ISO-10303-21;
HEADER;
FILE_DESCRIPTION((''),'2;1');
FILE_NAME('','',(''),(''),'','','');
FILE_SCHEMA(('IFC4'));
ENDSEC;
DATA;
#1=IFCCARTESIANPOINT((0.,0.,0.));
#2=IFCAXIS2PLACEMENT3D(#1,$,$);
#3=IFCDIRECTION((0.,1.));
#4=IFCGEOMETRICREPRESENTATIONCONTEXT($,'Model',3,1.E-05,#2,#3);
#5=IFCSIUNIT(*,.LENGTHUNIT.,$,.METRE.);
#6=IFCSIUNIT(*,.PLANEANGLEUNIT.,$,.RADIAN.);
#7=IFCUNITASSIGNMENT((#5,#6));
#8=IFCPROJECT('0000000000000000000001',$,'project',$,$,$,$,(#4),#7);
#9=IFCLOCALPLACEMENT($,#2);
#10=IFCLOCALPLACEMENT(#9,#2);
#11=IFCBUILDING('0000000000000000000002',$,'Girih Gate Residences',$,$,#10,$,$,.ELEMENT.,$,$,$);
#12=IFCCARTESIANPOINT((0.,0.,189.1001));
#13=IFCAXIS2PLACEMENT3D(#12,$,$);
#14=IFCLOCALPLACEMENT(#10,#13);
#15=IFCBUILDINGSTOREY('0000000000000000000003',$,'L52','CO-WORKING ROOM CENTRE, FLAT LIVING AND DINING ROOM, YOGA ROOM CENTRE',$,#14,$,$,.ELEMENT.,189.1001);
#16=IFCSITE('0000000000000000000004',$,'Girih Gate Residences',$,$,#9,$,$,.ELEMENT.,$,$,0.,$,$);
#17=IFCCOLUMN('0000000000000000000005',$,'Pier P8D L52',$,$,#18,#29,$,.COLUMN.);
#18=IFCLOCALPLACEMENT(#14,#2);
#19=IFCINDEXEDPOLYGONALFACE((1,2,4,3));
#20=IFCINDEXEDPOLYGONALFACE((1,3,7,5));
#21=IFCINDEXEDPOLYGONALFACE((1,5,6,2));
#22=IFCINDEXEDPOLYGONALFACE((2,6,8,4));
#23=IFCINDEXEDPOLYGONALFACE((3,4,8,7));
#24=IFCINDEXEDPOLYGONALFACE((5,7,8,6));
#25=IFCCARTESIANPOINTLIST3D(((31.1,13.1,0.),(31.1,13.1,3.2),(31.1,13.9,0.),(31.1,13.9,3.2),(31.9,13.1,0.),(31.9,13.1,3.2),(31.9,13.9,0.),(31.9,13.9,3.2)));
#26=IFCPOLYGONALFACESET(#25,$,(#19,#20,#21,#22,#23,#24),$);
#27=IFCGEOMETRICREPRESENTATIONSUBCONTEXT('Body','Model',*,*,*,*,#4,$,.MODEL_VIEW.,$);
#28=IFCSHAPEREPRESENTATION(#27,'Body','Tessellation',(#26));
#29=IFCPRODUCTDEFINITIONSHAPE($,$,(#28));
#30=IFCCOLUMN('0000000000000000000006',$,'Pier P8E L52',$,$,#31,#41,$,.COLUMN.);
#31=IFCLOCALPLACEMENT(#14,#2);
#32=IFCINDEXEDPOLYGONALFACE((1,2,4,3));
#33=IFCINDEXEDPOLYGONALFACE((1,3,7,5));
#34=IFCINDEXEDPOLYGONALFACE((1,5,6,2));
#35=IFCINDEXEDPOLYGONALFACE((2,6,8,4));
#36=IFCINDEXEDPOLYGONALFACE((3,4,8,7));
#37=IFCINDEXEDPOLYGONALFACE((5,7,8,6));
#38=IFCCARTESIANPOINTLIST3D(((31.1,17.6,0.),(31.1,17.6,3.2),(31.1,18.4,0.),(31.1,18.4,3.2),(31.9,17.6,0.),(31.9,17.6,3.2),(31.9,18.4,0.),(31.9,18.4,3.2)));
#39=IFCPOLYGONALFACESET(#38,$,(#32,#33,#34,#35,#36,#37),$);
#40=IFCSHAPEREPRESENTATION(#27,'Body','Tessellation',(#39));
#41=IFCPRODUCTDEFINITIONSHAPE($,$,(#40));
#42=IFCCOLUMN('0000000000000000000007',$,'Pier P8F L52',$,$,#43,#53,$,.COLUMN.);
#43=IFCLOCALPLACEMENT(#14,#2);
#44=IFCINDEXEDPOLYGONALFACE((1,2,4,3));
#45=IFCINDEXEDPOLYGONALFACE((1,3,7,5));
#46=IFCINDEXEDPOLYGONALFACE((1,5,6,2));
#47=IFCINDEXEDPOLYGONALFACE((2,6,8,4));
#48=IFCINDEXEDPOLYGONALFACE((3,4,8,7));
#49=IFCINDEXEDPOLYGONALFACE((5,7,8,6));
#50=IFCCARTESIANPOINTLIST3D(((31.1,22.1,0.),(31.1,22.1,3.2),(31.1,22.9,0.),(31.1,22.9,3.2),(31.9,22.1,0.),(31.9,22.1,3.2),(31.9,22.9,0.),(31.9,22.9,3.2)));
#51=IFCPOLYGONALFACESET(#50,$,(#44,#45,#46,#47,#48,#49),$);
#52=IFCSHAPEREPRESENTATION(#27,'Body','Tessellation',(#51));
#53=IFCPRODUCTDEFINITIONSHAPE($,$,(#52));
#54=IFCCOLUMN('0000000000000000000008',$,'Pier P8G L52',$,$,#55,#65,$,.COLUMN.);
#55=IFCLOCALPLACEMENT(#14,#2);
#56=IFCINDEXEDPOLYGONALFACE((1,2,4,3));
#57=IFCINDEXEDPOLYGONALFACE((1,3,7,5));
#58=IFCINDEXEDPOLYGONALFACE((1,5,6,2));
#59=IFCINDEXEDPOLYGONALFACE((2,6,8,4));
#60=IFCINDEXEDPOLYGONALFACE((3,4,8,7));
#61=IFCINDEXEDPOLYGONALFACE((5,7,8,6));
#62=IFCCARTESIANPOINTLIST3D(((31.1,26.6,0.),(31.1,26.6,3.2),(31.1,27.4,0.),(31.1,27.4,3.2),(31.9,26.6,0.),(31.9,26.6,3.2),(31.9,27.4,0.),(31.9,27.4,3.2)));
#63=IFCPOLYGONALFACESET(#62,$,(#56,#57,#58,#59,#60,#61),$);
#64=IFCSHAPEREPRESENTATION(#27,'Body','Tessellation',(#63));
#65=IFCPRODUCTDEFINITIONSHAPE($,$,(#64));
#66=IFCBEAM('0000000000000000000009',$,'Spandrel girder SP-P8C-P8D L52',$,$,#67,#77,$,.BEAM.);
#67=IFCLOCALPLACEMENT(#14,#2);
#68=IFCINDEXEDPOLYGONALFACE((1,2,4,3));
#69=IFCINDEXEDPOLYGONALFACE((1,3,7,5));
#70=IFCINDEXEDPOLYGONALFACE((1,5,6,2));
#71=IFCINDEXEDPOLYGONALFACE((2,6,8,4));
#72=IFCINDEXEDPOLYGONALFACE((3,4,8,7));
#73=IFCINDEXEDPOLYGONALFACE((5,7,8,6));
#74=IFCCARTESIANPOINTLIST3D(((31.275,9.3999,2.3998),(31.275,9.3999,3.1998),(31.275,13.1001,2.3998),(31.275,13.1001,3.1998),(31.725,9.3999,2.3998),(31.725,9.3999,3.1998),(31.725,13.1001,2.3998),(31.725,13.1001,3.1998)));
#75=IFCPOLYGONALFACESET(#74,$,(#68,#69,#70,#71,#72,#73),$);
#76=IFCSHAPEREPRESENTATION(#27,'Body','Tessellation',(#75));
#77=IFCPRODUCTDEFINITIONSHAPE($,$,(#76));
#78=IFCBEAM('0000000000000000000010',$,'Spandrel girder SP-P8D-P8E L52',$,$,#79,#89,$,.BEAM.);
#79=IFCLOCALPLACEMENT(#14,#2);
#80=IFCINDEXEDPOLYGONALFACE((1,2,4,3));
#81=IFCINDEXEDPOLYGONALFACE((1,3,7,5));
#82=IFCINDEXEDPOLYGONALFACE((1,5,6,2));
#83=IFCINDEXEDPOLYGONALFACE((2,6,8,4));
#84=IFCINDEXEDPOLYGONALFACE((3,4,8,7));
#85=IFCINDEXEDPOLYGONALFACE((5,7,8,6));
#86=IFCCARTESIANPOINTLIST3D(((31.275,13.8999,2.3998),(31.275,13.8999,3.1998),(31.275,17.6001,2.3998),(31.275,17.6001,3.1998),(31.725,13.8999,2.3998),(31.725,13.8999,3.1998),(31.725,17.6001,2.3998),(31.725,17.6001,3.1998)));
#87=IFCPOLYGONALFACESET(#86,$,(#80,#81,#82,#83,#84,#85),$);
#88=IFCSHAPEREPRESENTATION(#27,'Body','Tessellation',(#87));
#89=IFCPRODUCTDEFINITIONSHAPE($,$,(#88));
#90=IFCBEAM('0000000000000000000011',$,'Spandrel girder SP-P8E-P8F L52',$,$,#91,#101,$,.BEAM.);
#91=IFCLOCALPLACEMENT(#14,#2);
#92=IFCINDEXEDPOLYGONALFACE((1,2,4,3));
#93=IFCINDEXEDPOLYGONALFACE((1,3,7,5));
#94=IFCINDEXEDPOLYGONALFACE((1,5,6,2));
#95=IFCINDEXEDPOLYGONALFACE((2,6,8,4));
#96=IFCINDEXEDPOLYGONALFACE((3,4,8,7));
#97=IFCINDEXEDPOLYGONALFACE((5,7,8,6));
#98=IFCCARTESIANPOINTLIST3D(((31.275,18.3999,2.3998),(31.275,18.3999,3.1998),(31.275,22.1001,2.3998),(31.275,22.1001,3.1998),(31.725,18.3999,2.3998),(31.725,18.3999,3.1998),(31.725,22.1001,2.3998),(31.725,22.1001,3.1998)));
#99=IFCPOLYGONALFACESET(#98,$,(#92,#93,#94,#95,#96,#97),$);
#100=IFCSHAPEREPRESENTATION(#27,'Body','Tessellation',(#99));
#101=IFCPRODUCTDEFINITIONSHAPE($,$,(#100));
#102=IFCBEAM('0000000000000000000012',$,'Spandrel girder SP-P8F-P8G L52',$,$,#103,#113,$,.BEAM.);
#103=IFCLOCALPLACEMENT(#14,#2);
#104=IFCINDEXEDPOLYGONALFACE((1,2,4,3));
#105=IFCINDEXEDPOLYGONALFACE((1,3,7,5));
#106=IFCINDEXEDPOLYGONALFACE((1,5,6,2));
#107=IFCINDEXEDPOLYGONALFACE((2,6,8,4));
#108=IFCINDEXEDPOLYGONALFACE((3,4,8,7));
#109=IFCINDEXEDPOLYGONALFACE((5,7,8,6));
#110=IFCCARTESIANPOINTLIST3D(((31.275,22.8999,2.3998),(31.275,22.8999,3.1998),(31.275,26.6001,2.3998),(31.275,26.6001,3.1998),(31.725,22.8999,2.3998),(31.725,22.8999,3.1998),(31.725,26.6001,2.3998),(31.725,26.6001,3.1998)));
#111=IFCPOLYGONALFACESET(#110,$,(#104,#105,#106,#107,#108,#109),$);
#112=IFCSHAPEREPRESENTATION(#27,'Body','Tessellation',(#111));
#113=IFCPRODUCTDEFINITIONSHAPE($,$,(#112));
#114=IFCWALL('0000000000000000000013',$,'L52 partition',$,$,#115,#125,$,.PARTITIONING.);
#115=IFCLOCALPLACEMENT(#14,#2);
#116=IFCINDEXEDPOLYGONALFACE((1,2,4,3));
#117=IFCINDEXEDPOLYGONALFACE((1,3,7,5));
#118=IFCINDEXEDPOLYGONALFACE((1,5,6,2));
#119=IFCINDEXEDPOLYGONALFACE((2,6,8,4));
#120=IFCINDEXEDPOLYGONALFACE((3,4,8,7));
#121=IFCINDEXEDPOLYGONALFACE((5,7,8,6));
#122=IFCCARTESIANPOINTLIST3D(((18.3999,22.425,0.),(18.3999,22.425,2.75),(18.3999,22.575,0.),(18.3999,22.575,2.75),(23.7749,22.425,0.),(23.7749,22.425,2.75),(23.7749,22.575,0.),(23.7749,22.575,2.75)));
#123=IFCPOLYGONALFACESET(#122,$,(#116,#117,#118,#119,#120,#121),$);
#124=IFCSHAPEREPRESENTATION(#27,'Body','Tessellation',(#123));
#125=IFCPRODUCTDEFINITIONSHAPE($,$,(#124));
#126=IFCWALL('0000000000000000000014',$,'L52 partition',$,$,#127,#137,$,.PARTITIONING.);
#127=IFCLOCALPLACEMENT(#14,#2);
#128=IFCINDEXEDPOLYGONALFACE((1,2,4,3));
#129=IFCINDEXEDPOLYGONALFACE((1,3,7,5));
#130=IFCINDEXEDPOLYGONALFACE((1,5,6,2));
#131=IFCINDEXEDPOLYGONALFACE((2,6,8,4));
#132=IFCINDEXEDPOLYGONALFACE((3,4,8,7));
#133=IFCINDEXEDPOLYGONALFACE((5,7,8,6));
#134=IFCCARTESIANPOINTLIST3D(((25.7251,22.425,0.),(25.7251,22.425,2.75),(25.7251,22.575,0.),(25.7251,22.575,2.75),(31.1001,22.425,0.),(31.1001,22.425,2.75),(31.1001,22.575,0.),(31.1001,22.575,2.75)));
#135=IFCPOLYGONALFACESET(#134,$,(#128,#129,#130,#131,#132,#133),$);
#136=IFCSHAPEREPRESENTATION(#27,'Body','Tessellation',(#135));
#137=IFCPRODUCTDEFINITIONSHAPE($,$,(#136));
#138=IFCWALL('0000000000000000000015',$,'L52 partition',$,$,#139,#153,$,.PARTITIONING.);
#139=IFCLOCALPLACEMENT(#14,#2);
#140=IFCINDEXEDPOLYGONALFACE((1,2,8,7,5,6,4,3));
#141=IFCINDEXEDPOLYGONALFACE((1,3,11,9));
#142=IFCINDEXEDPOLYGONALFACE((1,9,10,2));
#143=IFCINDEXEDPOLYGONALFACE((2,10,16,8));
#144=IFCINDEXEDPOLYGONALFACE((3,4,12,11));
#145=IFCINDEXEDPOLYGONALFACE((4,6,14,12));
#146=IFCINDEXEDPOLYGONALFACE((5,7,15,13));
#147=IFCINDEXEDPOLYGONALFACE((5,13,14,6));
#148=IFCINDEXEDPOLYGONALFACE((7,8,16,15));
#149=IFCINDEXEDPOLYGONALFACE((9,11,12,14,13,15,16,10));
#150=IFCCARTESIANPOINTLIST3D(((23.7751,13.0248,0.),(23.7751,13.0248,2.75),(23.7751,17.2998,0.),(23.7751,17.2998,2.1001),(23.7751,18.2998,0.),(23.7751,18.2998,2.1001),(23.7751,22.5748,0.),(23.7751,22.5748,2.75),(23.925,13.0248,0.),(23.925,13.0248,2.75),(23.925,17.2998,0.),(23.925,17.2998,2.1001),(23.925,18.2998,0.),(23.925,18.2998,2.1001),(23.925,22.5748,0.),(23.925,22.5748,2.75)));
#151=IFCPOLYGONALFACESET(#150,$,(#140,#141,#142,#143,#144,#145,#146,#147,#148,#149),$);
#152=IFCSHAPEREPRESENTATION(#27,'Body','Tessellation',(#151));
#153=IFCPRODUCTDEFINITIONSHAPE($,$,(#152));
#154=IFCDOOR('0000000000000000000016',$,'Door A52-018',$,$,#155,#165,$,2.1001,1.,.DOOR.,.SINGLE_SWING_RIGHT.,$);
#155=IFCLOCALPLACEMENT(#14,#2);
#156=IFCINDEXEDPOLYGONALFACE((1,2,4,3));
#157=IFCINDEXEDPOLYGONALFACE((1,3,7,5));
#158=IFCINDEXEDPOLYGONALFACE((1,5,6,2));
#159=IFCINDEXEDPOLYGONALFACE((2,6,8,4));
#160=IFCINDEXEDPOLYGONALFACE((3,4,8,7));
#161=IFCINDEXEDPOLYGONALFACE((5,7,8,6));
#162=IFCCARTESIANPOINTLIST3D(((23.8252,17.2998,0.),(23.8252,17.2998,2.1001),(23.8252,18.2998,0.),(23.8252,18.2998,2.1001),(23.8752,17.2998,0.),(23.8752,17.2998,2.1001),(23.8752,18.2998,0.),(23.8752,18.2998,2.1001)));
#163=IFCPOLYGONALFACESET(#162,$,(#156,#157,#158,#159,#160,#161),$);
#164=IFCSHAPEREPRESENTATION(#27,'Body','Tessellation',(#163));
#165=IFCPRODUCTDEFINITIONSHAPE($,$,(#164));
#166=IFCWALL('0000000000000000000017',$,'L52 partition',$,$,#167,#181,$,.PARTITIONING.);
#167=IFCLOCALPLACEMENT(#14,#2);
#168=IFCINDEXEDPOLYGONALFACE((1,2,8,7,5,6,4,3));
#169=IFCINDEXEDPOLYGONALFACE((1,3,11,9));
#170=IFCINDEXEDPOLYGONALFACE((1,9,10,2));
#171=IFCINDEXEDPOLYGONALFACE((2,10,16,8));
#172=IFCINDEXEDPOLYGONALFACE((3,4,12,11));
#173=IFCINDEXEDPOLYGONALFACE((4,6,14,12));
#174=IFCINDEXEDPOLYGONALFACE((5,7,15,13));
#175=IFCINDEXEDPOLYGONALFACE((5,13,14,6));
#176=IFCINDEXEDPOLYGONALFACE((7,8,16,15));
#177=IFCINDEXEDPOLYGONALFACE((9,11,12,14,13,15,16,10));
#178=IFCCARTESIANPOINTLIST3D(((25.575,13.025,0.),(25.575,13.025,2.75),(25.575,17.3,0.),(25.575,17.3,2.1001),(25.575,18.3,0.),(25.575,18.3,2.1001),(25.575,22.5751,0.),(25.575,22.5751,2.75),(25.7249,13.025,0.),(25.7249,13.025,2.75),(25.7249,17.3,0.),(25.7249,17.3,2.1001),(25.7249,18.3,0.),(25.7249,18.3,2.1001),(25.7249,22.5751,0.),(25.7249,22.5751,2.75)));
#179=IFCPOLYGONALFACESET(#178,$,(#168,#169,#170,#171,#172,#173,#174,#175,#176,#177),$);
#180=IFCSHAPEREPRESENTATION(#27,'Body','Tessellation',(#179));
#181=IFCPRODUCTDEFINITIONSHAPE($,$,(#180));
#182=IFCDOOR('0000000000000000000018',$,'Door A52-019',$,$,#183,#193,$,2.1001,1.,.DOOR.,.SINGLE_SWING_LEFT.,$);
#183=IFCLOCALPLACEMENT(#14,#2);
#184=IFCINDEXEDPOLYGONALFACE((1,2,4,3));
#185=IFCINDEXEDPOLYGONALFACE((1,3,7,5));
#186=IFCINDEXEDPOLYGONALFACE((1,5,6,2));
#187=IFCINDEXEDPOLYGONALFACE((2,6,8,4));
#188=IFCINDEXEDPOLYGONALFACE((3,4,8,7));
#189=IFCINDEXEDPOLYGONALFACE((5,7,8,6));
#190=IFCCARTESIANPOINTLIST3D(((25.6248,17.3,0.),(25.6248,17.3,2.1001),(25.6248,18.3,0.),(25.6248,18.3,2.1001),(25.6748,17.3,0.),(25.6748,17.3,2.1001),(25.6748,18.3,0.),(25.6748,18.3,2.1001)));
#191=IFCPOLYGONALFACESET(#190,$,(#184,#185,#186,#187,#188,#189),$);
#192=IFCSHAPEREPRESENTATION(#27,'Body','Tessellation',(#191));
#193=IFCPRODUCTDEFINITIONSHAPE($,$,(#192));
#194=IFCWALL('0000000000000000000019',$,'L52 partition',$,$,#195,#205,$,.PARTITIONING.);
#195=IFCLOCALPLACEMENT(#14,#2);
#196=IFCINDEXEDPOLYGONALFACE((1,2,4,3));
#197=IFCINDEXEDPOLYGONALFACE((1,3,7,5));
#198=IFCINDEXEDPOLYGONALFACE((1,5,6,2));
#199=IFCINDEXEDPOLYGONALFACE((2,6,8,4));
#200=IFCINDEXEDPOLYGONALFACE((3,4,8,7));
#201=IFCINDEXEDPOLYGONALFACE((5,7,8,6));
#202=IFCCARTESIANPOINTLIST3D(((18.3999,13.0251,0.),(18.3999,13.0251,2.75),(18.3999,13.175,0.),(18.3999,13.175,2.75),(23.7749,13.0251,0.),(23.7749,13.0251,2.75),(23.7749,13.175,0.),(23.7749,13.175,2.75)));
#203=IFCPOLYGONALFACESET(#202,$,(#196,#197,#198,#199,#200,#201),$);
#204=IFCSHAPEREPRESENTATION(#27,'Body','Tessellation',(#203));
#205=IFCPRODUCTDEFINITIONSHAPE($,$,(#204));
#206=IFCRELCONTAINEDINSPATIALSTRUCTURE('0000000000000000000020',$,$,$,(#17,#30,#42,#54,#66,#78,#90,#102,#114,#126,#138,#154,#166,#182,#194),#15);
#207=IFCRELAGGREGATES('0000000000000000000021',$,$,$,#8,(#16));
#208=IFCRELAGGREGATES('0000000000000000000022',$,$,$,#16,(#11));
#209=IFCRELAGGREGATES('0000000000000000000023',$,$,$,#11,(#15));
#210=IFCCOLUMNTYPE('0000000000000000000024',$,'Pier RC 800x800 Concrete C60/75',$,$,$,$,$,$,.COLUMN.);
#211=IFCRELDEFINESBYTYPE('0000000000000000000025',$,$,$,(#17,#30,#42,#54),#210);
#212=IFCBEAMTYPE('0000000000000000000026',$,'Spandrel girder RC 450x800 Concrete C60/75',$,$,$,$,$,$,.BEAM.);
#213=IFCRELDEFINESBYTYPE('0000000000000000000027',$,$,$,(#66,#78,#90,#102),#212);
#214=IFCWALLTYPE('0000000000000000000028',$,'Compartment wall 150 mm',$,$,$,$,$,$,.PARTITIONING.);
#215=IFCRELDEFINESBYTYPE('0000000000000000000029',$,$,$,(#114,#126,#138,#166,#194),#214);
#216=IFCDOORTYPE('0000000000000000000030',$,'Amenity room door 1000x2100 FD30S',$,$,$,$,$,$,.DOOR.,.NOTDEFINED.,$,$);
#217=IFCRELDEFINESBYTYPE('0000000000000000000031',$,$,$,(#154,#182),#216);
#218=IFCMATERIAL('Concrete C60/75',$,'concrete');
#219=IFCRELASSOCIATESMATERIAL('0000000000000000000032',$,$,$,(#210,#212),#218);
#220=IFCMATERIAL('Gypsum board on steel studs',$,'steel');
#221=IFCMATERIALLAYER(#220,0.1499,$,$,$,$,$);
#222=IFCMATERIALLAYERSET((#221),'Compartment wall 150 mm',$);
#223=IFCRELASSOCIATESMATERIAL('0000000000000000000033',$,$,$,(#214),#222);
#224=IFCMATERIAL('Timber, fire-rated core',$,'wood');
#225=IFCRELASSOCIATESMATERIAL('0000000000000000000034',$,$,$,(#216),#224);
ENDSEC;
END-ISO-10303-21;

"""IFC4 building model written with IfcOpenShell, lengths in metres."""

from ifc_helpers import new_model, si_unit, direction, frame, frame_2d, origin, origin_2d, place, context, subcontext, project, spatial, rectangle, extrude, material, layer, layer_set, material_profile, profile_set, type_object, element, fill, save


model = new_model("IFC4")

# Units and contexts
model_context = context("Model", 3, precision=1e-05, world=origin(), true_north=direction((0.0, 1.0)))
body_context = subcontext(model_context, "Body", "Model", "MODEL_VIEW")
ifc_project = project(units=[si_unit("LENGTHUNIT", "METRE"), si_unit("PLANEANGLEUNIT", "RADIAN")], contexts=[model_context])

# Site, building, storey
site_placement = place(None, origin())
site = spatial("IfcSite", under=ifc_project, at=site_placement, Name="Girih Gate Residences", CompositionType="ELEMENT", RefElevation=0.0)
building_placement = place(site_placement, origin())
building = spatial("IfcBuilding", under=site, at=building_placement, Name="Girih Gate Residences", CompositionType="ELEMENT")
storey_placement = place(building_placement, frame((0.0, 0.0, 189.1001)))
storey = spatial("IfcBuildingStorey", under=building, at=storey_placement, Name="L52", Description="CO-WORKING ROOM CENTRE, FLAT LIVING AND DINING ROOM, YOGA ROOM CENTRE", CompositionType="ELEMENT", Elevation=189.1001)

# Columns
ifc_material_1 = material(Name="Concrete C60/75", Category="concrete")
ifc_material_profile_1 = material_profile(ifc_material_1, rectangle(XDim=0.8, YDim=0.8, at=origin_2d()))
ifc_profile_set_1 = profile_set([ifc_material_profile_1], Name="Concrete C60/75")
column_type = type_object("IfcColumnType", Name="Pier RC 800x800 Concrete C60/75", PredefinedType="COLUMN", material=ifc_profile_set_1)
for number, where, z_axis, x_axis, name in (
    (1, (31.5, 13.5, 0.0), (0.0, 0.0, 1.0), (1.0, 0.0, 0.0), "Pier P8D L52"),
    (2, (31.5, 18.0, 0.0), (0.0, 0.0, 1.0), (1.0, 0.0, 0.0), "Pier P8E L52"),
    (3, (31.5, 22.5, 0.0), (0.0, 0.0, 1.0), (1.0, 0.0, 0.0), "Pier P8F L52"),
    (4, (31.5, 27.0, 0.0), (0.0, 0.0, 1.0), (1.0, 0.0, 0.0), "Pier P8G L52"),
):
    element("IfcColumn", number, at=place(storey_placement, frame(where, z_axis=z_axis, x_axis=x_axis)), inside=storey, type_object=column_type, Name=name, PredefinedType="COLUMN", context=body_context, shape_type="SweptSolid", body=[
        extrude(rectangle(XDim=0.8, YDim=0.8, at=origin_2d()), origin(), (0.0, 0.0, 1.0), 3.2),
    ])

# Beams
ifc_material_profile_2 = material_profile(ifc_material_1, rectangle(XDim=0.45, YDim=0.8, at=origin_2d()))
ifc_profile_set_2 = profile_set([ifc_material_profile_2], Name="Concrete C60/75")
beam_type = type_object("IfcBeamType", Name="Spandrel girder RC 450x800 Concrete C60/75", PredefinedType="BEAM", material=ifc_profile_set_2)
for number, where, z_axis, x_axis, name in (
    (5, (31.5, 9.3999, 2.7998), (0.0, 1.0, 0.0), (-1.0, 0.0, 0.0), "Spandrel girder SP-P8C-P8D L52"),
    (6, (31.5, 13.8999, 2.7998), (0.0, 1.0, 0.0), (-1.0, 0.0, 0.0), "Spandrel girder SP-P8D-P8E L52"),
    (7, (31.5, 18.3999, 2.7998), (0.0, 1.0, 0.0), (-1.0, 0.0, 0.0), "Spandrel girder SP-P8E-P8F L52"),
    (8, (31.5, 22.8999, 2.7998), (0.0, 1.0, 0.0), (-1.0, 0.0, 0.0), "Spandrel girder SP-P8F-P8G L52"),
):
    element("IfcBeam", number, at=place(storey_placement, frame(where, z_axis=z_axis, x_axis=x_axis)), inside=storey, type_object=beam_type, Name=name, PredefinedType="BEAM", context=body_context, shape_type="SweptSolid", body=[
        extrude(rectangle(XDim=0.45, YDim=0.8, at=origin_2d()), origin(), (0.0, 0.0, 1.0), 3.7002),
    ])

# Walls
ifc_material_2 = material(Name="Gypsum board on steel studs", Category="steel")
ifc_layer_1 = layer(ifc_material_2, 0.1499)
ifc_layer_set_1 = layer_set([ifc_layer_1], Name="Compartment wall 150 mm")
wall_type_1 = type_object("IfcWallType", Name="Compartment wall 150 mm", PredefinedType="PARTITIONING", material=ifc_layer_set_1)
for number, where, z_axis, x_axis, name in (
    (9, (18.3999, 22.5, 0.0), (0.0, 0.0, 1.0), (1.0, 0.0, 0.0), "L52 partition"),
    (10, (25.7251, 22.5, 0.0), (0.0, 0.0, 1.0), (1.0, 0.0, 0.0), "L52 partition"),
):
    element("IfcWall", number, at=place(storey_placement, frame(where, z_axis=z_axis, x_axis=x_axis)), inside=storey, type_object=wall_type_1, Name=name, PredefinedType="PARTITIONING", context=body_context, shape_type="SweptSolid", body=[
        extrude(rectangle(XDim=5.375, YDim=0.1499, at=frame_2d((2.6875, 0.0))), origin(), (0.0, 0.0, 1.0), 2.75),
    ])

# Walls, openings, doors
wall_1_placement = place(storey_placement, frame((23.8501, 13.0249, 0.0), z_axis=(0.0, 0.0, 1.0), x_axis=(0.0, 1.0, 0.0)))
wall_1 = element("IfcWall", 11, at=wall_1_placement, inside=storey, type_object=wall_type_1, Name="L52 partition", PredefinedType="PARTITIONING", context=body_context, shape_type="SweptSolid", body=[
    extrude(rectangle(XDim=9.55, YDim=0.1499, at=frame_2d((4.7749, 0.0))), origin(), (0.0, 0.0, 1.0), 2.75),
])
opening_1_placement = place(wall_1_placement, frame((4.2749, 0.0, 0.0)))
opening_1 = element("IfcOpeningElement", 12, at=opening_1_placement, cuts=wall_1, PredefinedType="OPENING", context=body_context, shape_type="SweptSolid", body=[
    extrude(rectangle(XDim=1.0, YDim=2.1001, at=frame_2d((0.5, 1.05))), frame((0.0, 0.085, 0.0), z_axis=(0.0, -1.0, 0.0), x_axis=(1.0, 0.0, 0.0)), (0.0, 0.0, 1.0), 0.1699),
])
ifc_material_3 = material(Name="Timber, fire-rated core", Category="wood")
door_type = type_object("IfcDoorType", Name="Amenity room door 1000x2100 FD30S", OperationType="NOTDEFINED", PredefinedType="DOOR", material=ifc_material_3)
door_1_placement = place(opening_1_placement, origin())
door_1 = element("IfcDoor", 13, at=door_1_placement, inside=storey, type_object=door_type, Name="Door A52-018", OperationType="SINGLE_SWING_RIGHT", OverallHeight=2.1001, OverallWidth=1.0, PredefinedType="DOOR", context=body_context, shape_type="SweptSolid", body=[
    extrude(rectangle(XDim=1.0, YDim=2.1001, at=frame_2d((0.5, 1.05))), frame((0.0, 0.0249, 0.0), z_axis=(0.0, -1.0, 0.0), x_axis=(1.0, 0.0, 0.0)), (0.0, 0.0, 1.0), 0.05),
])
fill(opening_1, door_1)
wall_2_placement = place(storey_placement, frame((25.6499, 22.575, 0.0), z_axis=(0.0, 0.0, 1.0), x_axis=(0.0, -1.0, 0.0)))
wall_2 = element("IfcWall", 14, at=wall_2_placement, inside=storey, type_object=wall_type_1, Name="L52 partition", PredefinedType="PARTITIONING", context=body_context, shape_type="SweptSolid", body=[
    extrude(rectangle(XDim=9.55, YDim=0.1499, at=frame_2d((4.7749, 0.0))), origin(), (0.0, 0.0, 1.0), 2.75),
])
opening_2_placement = place(wall_2_placement, frame((4.2749, 0.0, 0.0)))
opening_2 = element("IfcOpeningElement", 15, at=opening_2_placement, cuts=wall_2, PredefinedType="OPENING", context=body_context, shape_type="SweptSolid", body=[
    extrude(rectangle(XDim=1.0, YDim=2.1001, at=frame_2d((0.5, 1.05))), frame((0.0, 0.085, 0.0), z_axis=(0.0, -1.0, 0.0), x_axis=(1.0, 0.0, 0.0)), (0.0, 0.0, 1.0), 0.1699),
])
door_2_placement = place(opening_2_placement, origin())
door_2 = element("IfcDoor", 16, at=door_2_placement, inside=storey, type_object=door_type, Name="Door A52-019", OperationType="SINGLE_SWING_LEFT", OverallHeight=2.1001, OverallWidth=1.0, PredefinedType="DOOR", context=body_context, shape_type="SweptSolid", body=[
    extrude(rectangle(XDim=1.0, YDim=2.1001, at=frame_2d((0.5, 1.05))), frame((0.0, 0.0249, 0.0), z_axis=(0.0, -1.0, 0.0), x_axis=(1.0, 0.0, 0.0)), (0.0, 0.0, 1.0), 0.05),
])
fill(opening_2, door_2)

# Wall
for number, where, z_axis, x_axis, name in (
    (17, (18.3999, 13.1001, 0.0), (0.0, 0.0, 1.0), (1.0, 0.0, 0.0), "L52 partition"),
):
    element("IfcWall", number, at=place(storey_placement, frame(where, z_axis=z_axis, x_axis=x_axis)), inside=storey, type_object=wall_type_1, Name=name, PredefinedType="PARTITIONING", context=body_context, shape_type="SweptSolid", body=[
        extrude(rectangle(XDim=5.375, YDim=0.1499, at=frame_2d((2.6875, 0.0))), origin(), (0.0, 0.0, 1.0), 2.75),
    ])

save(model, "model.ifc")
